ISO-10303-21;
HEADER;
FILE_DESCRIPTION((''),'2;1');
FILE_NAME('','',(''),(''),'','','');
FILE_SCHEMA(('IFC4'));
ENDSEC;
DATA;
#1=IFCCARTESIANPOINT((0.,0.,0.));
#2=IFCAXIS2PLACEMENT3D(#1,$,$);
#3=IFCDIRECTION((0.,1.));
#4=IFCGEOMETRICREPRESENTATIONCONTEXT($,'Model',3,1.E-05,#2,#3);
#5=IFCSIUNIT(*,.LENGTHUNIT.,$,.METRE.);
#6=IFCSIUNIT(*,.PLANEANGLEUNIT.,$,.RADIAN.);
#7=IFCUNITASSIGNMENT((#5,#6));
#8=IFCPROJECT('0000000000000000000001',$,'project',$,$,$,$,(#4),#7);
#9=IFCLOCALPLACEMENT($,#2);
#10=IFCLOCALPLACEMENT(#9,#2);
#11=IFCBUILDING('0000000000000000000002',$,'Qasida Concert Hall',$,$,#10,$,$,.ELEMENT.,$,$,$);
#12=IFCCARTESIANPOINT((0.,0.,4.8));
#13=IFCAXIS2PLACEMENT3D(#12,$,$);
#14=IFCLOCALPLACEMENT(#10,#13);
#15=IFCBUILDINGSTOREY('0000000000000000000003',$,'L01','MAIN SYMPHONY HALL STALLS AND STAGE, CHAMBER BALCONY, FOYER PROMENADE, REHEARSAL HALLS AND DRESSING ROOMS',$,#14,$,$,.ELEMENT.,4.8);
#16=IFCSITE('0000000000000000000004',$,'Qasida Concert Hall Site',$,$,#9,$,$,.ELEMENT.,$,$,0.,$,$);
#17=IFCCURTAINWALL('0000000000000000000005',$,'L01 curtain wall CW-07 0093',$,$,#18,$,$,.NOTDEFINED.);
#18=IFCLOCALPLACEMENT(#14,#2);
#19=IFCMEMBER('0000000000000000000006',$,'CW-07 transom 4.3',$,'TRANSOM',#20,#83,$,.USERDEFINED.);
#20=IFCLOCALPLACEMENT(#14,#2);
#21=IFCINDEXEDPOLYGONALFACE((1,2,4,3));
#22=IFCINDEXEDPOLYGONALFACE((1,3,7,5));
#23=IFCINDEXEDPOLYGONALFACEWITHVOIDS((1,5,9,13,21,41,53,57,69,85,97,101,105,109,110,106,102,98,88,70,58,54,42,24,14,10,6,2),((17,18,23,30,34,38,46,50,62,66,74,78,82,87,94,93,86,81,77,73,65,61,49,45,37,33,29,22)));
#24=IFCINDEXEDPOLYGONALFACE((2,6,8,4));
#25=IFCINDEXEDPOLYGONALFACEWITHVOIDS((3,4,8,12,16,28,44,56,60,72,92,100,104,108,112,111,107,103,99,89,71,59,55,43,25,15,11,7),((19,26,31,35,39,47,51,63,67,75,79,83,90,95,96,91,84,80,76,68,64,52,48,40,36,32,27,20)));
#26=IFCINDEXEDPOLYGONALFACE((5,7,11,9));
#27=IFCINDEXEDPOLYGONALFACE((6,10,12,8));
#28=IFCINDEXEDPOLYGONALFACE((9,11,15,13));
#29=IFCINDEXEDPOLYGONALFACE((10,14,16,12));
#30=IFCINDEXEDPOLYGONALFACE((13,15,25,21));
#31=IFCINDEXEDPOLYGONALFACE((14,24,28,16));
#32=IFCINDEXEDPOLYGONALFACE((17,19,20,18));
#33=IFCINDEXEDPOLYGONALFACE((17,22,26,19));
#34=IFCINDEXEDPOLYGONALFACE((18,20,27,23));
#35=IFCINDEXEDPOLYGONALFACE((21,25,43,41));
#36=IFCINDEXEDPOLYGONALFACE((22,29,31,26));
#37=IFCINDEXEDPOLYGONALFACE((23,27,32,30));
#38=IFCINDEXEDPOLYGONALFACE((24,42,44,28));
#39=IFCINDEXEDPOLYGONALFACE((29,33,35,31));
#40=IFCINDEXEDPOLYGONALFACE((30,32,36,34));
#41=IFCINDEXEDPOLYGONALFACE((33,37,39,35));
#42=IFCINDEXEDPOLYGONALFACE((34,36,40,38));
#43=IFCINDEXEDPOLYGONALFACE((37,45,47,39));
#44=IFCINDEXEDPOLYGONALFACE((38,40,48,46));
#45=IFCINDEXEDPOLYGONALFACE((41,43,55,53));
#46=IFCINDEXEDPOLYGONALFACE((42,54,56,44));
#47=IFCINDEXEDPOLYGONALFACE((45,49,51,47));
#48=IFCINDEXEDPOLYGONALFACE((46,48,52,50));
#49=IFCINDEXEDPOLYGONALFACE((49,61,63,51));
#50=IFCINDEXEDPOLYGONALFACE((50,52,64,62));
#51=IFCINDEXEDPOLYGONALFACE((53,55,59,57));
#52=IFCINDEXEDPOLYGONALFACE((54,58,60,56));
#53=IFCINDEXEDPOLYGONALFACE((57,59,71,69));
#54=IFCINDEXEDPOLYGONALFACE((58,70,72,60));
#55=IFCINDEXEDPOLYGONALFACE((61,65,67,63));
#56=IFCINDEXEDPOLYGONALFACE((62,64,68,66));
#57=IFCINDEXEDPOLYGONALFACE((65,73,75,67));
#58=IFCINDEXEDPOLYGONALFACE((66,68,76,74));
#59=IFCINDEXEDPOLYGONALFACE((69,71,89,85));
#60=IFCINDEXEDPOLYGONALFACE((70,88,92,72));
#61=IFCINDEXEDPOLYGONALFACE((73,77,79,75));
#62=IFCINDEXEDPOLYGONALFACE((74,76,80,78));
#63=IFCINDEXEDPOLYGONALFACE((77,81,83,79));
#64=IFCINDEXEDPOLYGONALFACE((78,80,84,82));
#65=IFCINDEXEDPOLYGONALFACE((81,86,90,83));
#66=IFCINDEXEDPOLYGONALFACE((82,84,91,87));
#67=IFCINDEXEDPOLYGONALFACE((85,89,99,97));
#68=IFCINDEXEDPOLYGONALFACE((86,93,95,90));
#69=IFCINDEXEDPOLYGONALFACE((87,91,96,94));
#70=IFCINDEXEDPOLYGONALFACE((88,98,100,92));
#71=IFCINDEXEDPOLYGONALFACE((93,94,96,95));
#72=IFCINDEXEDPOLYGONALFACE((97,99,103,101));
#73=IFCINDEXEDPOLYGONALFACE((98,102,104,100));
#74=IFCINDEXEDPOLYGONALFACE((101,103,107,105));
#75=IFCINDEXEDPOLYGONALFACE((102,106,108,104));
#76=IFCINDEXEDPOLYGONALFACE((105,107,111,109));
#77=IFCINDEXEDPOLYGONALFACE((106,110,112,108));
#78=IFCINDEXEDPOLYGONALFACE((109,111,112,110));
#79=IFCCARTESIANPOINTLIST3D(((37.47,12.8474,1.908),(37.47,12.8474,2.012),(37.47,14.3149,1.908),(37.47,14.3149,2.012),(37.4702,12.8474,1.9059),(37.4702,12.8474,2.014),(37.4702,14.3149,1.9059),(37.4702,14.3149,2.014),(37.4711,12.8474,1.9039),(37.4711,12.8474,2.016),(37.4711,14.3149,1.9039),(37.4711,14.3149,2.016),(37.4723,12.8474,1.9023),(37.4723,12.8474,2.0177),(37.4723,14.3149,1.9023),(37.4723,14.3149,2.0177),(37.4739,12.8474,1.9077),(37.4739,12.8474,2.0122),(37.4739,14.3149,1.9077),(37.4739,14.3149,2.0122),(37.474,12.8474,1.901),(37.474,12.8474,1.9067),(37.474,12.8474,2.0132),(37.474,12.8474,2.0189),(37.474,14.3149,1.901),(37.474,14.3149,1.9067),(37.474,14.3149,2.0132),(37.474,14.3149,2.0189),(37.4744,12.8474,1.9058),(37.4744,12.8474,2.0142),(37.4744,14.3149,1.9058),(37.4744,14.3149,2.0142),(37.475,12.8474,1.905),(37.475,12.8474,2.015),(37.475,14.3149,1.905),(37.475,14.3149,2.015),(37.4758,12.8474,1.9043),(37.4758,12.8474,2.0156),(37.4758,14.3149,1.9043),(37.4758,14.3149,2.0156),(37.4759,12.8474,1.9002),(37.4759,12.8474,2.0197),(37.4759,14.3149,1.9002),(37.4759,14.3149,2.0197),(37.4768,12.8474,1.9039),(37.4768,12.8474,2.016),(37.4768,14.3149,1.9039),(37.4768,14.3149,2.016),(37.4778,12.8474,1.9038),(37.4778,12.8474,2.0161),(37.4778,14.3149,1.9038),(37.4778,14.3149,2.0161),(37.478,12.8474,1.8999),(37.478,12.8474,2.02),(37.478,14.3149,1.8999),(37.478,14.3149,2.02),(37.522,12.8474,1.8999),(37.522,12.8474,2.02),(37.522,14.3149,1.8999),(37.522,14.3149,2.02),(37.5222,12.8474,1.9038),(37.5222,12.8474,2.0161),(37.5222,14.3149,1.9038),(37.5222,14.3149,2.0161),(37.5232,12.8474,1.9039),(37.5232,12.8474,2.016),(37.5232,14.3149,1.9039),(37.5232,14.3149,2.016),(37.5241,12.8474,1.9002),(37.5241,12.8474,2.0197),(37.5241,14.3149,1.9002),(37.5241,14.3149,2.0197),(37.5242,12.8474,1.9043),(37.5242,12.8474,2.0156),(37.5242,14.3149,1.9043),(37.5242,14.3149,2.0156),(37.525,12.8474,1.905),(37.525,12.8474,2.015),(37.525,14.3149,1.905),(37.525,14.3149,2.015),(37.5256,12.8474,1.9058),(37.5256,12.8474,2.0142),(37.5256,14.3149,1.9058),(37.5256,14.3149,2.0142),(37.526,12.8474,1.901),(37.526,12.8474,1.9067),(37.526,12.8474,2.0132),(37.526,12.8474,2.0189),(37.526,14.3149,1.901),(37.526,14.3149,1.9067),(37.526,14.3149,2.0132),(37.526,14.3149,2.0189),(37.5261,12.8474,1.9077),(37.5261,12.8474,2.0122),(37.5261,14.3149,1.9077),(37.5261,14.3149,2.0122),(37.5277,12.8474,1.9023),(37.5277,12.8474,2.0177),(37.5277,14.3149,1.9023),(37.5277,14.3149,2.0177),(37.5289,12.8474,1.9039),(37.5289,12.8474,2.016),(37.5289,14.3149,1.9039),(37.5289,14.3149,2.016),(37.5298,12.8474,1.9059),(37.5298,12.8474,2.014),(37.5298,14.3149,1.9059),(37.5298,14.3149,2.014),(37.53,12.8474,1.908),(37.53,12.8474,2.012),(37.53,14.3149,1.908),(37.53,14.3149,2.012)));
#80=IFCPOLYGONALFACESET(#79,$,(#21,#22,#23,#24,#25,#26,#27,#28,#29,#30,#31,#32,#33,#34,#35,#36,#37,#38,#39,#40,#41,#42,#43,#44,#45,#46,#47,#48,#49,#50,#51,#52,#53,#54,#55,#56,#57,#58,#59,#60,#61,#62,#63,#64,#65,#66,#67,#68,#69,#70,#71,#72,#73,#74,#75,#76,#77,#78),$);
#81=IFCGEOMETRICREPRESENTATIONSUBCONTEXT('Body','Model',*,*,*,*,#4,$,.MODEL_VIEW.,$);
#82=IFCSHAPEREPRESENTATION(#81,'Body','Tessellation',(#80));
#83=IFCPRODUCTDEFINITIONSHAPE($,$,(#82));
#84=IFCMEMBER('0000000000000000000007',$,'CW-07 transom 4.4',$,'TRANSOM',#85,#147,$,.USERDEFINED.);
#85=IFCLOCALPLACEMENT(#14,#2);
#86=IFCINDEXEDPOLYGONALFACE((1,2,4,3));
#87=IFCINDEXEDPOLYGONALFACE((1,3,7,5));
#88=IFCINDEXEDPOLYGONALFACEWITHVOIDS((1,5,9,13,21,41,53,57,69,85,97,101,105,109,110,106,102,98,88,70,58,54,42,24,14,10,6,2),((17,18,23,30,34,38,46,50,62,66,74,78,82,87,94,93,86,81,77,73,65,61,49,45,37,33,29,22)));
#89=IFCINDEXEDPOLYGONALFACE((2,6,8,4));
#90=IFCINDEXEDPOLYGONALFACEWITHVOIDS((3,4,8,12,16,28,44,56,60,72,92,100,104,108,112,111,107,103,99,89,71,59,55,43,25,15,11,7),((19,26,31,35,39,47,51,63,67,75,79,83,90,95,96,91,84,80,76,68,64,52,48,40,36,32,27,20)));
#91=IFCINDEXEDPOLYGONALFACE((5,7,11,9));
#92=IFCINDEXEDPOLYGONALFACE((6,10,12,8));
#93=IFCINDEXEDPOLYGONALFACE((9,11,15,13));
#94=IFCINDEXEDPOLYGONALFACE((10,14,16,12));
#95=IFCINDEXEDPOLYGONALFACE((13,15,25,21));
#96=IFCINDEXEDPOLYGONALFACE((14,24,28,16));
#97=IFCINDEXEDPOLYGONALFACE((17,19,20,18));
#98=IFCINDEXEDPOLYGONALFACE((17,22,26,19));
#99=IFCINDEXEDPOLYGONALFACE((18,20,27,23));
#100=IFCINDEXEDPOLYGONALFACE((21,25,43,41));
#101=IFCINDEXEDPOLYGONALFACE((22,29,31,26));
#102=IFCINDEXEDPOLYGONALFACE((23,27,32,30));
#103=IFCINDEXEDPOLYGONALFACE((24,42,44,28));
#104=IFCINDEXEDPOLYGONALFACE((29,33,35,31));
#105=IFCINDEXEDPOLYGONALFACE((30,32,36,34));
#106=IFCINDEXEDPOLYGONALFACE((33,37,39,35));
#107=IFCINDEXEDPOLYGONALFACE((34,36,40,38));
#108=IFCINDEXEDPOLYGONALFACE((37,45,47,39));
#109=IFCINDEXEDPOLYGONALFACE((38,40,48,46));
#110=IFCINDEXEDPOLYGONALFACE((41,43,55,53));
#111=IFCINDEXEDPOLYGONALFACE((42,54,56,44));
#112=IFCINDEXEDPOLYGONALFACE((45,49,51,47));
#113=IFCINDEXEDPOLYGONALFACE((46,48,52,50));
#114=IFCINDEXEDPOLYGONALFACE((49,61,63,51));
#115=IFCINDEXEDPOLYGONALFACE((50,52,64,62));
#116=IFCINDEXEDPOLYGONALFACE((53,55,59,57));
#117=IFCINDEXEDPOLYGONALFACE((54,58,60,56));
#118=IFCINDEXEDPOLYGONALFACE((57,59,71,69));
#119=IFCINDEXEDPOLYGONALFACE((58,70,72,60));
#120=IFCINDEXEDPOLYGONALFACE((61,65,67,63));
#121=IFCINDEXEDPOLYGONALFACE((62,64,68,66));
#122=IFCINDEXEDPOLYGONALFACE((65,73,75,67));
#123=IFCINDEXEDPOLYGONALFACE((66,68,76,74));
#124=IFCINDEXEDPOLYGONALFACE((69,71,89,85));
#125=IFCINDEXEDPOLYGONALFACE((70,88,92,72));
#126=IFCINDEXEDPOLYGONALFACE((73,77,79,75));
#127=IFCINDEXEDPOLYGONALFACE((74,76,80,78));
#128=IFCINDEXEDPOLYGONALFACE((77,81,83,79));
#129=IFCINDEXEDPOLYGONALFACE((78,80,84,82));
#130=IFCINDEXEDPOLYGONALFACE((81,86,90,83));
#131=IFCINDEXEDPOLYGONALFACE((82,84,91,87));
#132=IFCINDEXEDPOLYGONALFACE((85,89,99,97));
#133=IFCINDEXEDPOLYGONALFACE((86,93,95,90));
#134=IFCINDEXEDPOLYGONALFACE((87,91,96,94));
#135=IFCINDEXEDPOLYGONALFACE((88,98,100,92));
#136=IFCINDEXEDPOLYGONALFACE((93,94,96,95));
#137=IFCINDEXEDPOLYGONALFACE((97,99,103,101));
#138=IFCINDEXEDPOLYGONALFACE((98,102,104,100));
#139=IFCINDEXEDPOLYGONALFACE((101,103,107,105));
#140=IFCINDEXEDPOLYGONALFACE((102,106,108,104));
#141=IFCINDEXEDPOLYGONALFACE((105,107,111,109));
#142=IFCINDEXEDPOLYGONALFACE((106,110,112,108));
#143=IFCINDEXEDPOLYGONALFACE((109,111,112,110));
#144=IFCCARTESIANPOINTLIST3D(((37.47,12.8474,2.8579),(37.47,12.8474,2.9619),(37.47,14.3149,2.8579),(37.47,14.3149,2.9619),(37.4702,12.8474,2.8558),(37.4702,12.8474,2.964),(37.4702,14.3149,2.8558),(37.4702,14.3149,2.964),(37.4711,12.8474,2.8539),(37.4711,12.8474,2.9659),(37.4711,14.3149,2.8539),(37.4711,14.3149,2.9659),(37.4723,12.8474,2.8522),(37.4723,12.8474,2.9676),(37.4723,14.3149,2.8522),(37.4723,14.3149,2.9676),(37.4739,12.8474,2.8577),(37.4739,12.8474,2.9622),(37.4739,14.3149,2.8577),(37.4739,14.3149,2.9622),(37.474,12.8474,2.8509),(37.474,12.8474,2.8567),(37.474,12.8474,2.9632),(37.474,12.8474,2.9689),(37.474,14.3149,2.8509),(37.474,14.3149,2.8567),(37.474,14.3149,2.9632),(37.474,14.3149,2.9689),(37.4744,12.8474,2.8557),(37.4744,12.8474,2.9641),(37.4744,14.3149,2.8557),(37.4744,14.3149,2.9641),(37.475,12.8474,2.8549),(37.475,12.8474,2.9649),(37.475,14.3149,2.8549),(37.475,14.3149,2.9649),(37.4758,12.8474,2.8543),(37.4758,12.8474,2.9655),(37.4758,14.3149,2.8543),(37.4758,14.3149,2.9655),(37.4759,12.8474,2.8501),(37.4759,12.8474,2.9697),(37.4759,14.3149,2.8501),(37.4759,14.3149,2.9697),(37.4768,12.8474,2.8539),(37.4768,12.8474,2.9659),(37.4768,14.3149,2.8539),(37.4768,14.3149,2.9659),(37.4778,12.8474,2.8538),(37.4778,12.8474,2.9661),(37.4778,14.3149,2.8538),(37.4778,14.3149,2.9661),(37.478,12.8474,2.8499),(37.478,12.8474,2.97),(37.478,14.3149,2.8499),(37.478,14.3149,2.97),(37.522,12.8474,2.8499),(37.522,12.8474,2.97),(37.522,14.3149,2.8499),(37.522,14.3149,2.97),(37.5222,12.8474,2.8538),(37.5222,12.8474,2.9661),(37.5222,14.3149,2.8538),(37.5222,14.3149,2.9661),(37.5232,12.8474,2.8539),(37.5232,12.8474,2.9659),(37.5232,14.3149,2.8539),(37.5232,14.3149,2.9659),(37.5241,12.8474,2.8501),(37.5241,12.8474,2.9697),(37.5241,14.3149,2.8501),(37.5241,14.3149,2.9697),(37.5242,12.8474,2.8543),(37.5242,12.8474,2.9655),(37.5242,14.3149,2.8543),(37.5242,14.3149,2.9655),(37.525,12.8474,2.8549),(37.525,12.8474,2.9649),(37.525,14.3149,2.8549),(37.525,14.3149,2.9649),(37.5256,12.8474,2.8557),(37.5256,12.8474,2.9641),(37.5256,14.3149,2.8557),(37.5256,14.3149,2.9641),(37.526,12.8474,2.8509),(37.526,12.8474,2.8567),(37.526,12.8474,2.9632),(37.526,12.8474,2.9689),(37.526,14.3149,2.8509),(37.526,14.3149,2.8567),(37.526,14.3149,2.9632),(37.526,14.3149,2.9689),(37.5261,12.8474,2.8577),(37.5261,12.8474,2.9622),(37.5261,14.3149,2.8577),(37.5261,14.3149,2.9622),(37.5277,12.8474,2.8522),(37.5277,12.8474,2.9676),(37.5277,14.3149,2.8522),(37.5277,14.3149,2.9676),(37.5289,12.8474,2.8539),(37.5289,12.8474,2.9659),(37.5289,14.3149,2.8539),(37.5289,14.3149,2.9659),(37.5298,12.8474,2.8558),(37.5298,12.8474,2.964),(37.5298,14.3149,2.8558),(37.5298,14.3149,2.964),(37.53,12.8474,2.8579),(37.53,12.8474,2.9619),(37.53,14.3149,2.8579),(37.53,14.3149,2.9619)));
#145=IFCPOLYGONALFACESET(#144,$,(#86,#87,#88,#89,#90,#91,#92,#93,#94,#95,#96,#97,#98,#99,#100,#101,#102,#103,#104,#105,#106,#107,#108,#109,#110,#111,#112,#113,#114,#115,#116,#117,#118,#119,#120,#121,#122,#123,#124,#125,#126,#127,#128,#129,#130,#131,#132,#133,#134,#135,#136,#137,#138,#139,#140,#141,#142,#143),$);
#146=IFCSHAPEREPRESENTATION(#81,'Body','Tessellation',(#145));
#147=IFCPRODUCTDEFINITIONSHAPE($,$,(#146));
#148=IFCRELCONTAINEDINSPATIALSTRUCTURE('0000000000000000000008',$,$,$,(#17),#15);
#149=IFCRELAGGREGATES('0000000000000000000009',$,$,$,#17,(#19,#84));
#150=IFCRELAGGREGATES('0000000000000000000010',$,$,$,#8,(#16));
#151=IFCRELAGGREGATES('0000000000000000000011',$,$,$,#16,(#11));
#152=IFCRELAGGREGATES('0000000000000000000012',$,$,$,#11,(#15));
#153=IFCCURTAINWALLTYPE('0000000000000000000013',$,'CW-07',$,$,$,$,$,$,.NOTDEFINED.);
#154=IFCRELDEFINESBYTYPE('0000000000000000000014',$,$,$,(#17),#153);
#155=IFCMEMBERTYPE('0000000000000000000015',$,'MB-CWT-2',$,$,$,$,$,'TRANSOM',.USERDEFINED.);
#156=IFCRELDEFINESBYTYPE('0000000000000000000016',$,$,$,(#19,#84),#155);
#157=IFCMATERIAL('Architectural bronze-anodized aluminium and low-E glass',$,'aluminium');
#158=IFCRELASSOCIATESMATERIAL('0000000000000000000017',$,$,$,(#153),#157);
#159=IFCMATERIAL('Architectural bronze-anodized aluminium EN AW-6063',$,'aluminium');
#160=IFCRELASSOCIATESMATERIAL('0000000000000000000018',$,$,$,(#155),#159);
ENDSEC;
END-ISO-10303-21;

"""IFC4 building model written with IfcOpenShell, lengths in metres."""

from ifc_helpers import new_model, si_unit, direction, frame, origin, origin_2d, place, context, subcontext, project, spatial, hollow_rectangle, extrude, material, material_profile, profile_set, type_object, element, aggregate, save


model = new_model("IFC4")

# Units and contexts
model_context = context("Model", 3, precision=1e-05, world=origin(), true_north=direction((0.0, 1.0)))
body_context = subcontext(model_context, "Body", "Model", "MODEL_VIEW")
ifc_project = project(units=[si_unit("LENGTHUNIT", "METRE"), si_unit("PLANEANGLEUNIT", "RADIAN")], contexts=[model_context])

# Site, building, storey
site_placement = place(None, origin())
site = spatial("IfcSite", under=ifc_project, at=site_placement, Name="Qasida Concert Hall Site", CompositionType="ELEMENT", RefElevation=0.0)
building_placement = place(site_placement, origin())
building = spatial("IfcBuilding", under=site, at=building_placement, Name="Qasida Concert Hall", CompositionType="ELEMENT")
storey_placement = place(building_placement, frame((0.0, 0.0, 4.8)))
storey = spatial("IfcBuildingStorey", under=building, at=storey_placement, Name="L01", Description="MAIN SYMPHONY HALL STALLS AND STAGE, CHAMBER BALCONY, FOYER PROMENADE, REHEARSAL HALLS AND DRESSING ROOMS", CompositionType="ELEMENT", Elevation=4.8)

# Curtain wall
ifc_material_1 = material(Name="Architectural bronze-anodized aluminium and low-E glass", Category="aluminium")
curtain_wall_type = type_object("IfcCurtainWallType", Name="CW-07", PredefinedType="NOTDEFINED", material=ifc_material_1)
curtain_wall_1_placement = place(storey_placement, origin())
curtain_wall_1 = element("IfcCurtainWall", 1, at=curtain_wall_1_placement, inside=storey, type_object=curtain_wall_type, Name="L01 curtain wall CW-07 0093", PredefinedType="NOTDEFINED")
ifc_material_2 = material(Name="Architectural bronze-anodized aluminium EN AW-6063", Category="aluminium")

# Members
ifc_material_profile_1 = material_profile(ifc_material_2, hollow_rectangle(XDim=0.0601, YDim=0.1201, WallThickness=0.0039, InnerFilletRadius=0.0039, OuterFilletRadius=0.0081, at=origin_2d()), Name="CWT 120x60x4")
ifc_profile_set_1 = profile_set([ifc_material_profile_1], Name="Architectural bronze-anodized aluminium EN AW-6063")
member_type_1 = type_object("IfcMemberType", Name="MB-CWT-2", ElementType="TRANSOM", PredefinedType="USERDEFINED", material=ifc_profile_set_1)
member_1_placement = place(storey_placement, frame((37.5, 12.8474, 1.96), z_axis=(0.0, 1.0, 0.0), x_axis=(-1.0, 0.0, 0.0)))
member_1 = element("IfcMember", 2, at=member_1_placement, type_object=member_type_1, Name="CW-07 transom 4.3", ObjectType="TRANSOM", PredefinedType="USERDEFINED", context=body_context, shape_type="SweptSolid", body=[
    extrude(hollow_rectangle(XDim=0.0601, YDim=0.1201, WallThickness=0.0039, InnerFilletRadius=0.0039, OuterFilletRadius=0.0081, at=origin_2d()), origin(), (0.0, 0.0, 1.0), 1.4675),
])
member_2_placement = place(storey_placement, frame((37.5, 12.8474, 2.9099), z_axis=(0.0, 1.0, 0.0), x_axis=(-1.0, 0.0, 0.0)))
member_2 = element("IfcMember", 3, at=member_2_placement, type_object=member_type_1, Name="CW-07 transom 4.4", ObjectType="TRANSOM", PredefinedType="USERDEFINED", context=body_context, shape_type="SweptSolid", body=[
    extrude(hollow_rectangle(XDim=0.0601, YDim=0.1201, WallThickness=0.0039, InnerFilletRadius=0.0039, OuterFilletRadius=0.0081, at=origin_2d()), origin(), (0.0, 0.0, 1.0), 1.4675),
])

aggregate(curtain_wall_1, [member_1, member_2])

save(model, "model.ifc")
